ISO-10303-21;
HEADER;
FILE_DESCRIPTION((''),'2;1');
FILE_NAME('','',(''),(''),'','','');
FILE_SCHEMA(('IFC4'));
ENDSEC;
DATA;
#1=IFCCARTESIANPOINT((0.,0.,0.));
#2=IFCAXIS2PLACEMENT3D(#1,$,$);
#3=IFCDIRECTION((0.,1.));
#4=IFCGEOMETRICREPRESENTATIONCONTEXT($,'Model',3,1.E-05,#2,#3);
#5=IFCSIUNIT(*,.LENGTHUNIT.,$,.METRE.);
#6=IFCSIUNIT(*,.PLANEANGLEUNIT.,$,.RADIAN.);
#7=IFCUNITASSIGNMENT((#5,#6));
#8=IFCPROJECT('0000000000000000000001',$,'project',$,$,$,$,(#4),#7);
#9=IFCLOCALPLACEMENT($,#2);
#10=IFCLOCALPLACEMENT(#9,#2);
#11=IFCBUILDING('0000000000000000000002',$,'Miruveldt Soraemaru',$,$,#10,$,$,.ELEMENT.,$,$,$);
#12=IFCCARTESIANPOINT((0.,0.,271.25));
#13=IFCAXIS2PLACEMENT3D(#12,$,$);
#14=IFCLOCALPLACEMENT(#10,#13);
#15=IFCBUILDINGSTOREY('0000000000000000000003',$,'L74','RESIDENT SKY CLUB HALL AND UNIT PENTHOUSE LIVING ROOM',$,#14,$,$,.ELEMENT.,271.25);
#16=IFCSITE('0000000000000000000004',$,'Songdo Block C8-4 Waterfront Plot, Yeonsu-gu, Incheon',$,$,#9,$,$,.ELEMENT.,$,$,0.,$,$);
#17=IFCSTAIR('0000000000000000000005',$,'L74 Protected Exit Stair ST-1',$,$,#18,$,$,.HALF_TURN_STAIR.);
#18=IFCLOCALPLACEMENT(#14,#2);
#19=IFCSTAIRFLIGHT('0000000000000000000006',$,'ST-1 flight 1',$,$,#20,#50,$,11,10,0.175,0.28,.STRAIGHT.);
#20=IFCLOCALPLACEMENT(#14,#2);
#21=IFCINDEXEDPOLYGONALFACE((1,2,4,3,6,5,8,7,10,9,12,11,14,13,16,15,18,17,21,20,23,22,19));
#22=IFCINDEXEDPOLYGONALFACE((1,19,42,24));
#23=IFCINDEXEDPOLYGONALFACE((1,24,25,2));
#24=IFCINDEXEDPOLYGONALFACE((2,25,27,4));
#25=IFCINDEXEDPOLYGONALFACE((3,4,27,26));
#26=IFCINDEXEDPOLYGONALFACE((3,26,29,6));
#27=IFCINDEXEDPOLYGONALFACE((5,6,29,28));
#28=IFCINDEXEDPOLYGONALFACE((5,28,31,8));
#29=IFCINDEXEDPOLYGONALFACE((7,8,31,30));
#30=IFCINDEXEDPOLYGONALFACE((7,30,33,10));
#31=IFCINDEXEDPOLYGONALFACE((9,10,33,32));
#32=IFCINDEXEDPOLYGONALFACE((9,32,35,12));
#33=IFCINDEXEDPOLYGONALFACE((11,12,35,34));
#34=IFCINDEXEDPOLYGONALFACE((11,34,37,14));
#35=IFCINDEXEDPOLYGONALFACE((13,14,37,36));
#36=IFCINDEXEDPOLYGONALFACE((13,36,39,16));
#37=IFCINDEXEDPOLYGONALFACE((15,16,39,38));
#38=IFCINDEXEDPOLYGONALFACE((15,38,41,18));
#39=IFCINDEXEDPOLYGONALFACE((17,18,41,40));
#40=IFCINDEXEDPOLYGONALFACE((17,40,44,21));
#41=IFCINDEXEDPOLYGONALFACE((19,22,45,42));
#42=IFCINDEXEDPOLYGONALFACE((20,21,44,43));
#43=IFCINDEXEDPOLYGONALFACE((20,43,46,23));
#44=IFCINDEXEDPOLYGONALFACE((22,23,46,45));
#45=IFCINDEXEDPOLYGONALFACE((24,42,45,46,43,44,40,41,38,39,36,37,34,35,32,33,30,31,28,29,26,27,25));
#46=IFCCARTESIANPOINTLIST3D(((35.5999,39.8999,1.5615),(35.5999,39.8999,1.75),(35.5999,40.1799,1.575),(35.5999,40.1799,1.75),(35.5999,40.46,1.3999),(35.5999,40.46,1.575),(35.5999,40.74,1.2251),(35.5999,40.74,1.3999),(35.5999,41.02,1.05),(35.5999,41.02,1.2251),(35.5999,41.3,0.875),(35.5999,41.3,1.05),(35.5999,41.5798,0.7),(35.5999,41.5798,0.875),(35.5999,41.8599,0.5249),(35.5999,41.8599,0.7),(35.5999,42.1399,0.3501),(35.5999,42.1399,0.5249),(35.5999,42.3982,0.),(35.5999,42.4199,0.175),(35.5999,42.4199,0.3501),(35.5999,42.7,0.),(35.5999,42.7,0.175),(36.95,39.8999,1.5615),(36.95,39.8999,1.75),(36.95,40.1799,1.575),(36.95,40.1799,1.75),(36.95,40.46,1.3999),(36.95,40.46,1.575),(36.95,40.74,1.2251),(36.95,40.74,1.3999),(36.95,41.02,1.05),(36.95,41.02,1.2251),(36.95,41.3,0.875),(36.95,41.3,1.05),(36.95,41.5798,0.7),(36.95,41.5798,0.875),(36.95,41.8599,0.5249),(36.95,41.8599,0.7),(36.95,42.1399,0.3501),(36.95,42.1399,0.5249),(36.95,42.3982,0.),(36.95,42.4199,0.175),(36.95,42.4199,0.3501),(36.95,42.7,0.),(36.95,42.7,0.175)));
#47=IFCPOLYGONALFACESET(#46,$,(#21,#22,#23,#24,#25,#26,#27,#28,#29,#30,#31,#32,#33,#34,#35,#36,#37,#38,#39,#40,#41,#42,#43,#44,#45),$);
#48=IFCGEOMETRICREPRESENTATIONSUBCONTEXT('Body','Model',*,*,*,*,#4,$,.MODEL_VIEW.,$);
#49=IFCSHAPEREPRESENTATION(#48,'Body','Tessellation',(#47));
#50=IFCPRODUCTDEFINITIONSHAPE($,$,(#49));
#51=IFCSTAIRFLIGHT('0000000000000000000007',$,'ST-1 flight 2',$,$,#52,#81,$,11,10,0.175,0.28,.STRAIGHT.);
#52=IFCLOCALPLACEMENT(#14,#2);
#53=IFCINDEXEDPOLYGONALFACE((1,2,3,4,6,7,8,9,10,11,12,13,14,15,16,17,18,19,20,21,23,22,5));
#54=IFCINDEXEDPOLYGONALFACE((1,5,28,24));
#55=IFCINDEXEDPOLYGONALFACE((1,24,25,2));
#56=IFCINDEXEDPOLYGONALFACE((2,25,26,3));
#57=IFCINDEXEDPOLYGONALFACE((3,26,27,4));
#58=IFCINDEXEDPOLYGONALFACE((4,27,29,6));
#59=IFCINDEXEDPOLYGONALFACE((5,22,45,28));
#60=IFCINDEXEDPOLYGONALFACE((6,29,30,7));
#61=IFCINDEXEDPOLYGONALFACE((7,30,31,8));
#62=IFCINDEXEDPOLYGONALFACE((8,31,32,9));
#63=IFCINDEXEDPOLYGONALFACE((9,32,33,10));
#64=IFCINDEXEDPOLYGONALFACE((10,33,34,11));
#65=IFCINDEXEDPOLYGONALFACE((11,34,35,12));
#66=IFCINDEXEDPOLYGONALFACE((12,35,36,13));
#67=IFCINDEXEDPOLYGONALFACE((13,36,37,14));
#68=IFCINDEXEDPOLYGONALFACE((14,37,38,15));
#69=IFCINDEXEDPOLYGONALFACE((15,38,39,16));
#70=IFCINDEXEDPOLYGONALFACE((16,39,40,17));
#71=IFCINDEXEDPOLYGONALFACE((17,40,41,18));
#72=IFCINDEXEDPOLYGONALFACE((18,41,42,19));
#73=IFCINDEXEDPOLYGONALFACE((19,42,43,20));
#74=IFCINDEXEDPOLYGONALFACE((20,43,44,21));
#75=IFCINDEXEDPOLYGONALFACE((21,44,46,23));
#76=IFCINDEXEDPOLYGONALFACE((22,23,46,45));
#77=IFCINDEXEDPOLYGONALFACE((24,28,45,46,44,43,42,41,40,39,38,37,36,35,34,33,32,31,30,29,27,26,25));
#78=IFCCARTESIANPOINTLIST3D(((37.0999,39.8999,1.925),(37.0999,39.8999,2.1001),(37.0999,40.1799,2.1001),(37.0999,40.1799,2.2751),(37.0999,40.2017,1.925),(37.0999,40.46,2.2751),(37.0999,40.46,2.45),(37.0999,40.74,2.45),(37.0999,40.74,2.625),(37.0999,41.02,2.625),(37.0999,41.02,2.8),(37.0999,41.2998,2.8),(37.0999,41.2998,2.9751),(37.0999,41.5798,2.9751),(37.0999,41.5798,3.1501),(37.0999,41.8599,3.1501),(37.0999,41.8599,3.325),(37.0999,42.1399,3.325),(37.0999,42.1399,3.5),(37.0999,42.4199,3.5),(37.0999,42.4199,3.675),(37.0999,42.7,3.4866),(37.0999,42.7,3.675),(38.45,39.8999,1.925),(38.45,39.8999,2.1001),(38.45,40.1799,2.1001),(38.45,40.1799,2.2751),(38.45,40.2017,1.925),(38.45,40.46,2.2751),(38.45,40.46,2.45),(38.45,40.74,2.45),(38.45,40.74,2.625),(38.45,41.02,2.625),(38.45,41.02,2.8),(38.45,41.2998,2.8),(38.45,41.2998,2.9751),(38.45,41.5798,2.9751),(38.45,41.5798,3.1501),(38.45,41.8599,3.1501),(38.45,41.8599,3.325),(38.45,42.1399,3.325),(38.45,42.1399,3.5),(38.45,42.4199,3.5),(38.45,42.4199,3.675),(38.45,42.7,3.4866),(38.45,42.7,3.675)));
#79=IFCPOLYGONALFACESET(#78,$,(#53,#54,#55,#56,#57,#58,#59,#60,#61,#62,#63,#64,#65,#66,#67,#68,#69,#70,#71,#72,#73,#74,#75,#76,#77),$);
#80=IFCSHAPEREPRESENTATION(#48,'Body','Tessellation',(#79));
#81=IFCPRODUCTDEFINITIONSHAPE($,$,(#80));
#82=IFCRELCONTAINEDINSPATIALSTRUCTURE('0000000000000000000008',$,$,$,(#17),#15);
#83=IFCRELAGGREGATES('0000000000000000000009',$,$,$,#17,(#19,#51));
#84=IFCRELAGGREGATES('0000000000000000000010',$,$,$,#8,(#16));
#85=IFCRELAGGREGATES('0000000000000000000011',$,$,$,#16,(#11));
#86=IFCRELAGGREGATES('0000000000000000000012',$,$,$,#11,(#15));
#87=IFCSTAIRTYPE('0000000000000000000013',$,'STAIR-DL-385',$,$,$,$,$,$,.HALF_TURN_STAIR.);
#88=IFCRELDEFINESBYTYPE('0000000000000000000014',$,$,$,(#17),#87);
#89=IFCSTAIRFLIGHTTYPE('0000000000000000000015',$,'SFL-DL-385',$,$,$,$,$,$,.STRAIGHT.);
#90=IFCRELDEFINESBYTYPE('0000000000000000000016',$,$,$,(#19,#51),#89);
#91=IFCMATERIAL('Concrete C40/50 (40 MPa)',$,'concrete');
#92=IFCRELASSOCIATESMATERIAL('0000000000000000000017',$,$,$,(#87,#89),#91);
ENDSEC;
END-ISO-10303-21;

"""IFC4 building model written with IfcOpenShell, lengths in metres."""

from ifc_helpers import new_model, si_unit, direction, frame, origin, place, context, subcontext, project, spatial, polyline, outline, extrude, material, type_object, element, aggregate, save


model = new_model("IFC4")

# Units and contexts
model_context = context("Model", 3, precision=1e-05, world=origin(), true_north=direction((0.0, 1.0)))
body_context = subcontext(model_context, "Body", "Model", "MODEL_VIEW")
ifc_project = project(units=[si_unit("LENGTHUNIT", "METRE"), si_unit("PLANEANGLEUNIT", "RADIAN")], contexts=[model_context])

# Site, building, storey
site_placement = place(None, origin())
site = spatial("IfcSite", under=ifc_project, at=site_placement, Name="Songdo Block C8-4 Waterfront Plot, Yeonsu-gu, Incheon", CompositionType="ELEMENT", RefElevation=0.0)
building_placement = place(site_placement, origin())
building = spatial("IfcBuilding", under=site, at=building_placement, Name="Miruveldt Soraemaru", CompositionType="ELEMENT")
storey_placement = place(building_placement, frame((0.0, 0.0, 271.25)))
storey = spatial("IfcBuildingStorey", under=building, at=storey_placement, Name="L74", Description="RESIDENT SKY CLUB HALL AND UNIT PENTHOUSE LIVING ROOM", CompositionType="ELEMENT", Elevation=271.25)

# Shared definitions
ifc_material_1 = material(Name="Concrete C40/50 (40 MPa)", Category="concrete")

# Stair, stair flights
stair_type = type_object("IfcStairType", Name="STAIR-DL-385", PredefinedType="HALF_TURN_STAIR", material=ifc_material_1)
stair_placement = place(storey_placement, origin())
stair = element("IfcStair", 1, at=stair_placement, inside=storey, type_object=stair_type, Name="L74 Protected Exit Stair ST-1", PredefinedType="HALF_TURN_STAIR")
stair_flight_type = type_object("IfcStairFlightType", Name="SFL-DL-385", PredefinedType="STRAIGHT", material=ifc_material_1)
stair_flight_1_placement = place(storey_placement, frame((36.2749, 42.7, 0.0), z_axis=(0.0, 0.0, 1.0), x_axis=(0.0, -1.0, 0.0)))
stair_flight_1 = element("IfcStairFlight", 2, at=stair_flight_1_placement, type_object=stair_flight_type, Name="ST-1 flight 1", NumberOfRisers=11, NumberOfTreads=10, PredefinedType="STRAIGHT", RiserHeight=0.175, TreadLength=0.28, context=body_context, shape_type="SweptSolid", body=[
    extrude(outline(polyline([(0.0, 0.0), (0.0, 0.175), (0.28, 0.175), (0.28, 0.3501), (0.5601, 0.3501), (0.5601, 0.5249), (0.8401, 0.5249), (0.8401, 0.7), (1.1201, 0.7), (1.1201, 0.875), (1.3999, 0.875), (1.3999, 1.05), (1.6799, 1.05), (1.6799, 1.2251), (1.96, 1.2251), (1.96, 1.3999), (2.24, 1.3999), (2.24, 1.575), (2.52, 1.575), (2.52, 1.75), (2.8, 1.75), (2.8, 1.925), (2.8, 1.5615), (0.3018, 0.0), (0.0, 0.0)])), frame((0.0, 0.675, 0.0), z_axis=(0.0, -1.0, 0.0), x_axis=(1.0, 0.0, 0.0)), (0.0, 0.0, 1.0), 1.3501),
])
stair_flight_2_placement = place(storey_placement, frame((37.7749, 39.8999, 1.925), z_axis=(0.0, 0.0, 1.0), x_axis=(0.0, 1.0, 0.0)))
stair_flight_2 = element("IfcStairFlight", 3, at=stair_flight_2_placement, type_object=stair_flight_type, Name="ST-1 flight 2", NumberOfRisers=11, NumberOfTreads=10, PredefinedType="STRAIGHT", RiserHeight=0.175, TreadLength=0.28, context=body_context, shape_type="SweptSolid", body=[
    extrude(outline(polyline([(0.0, 0.0), (0.0, 0.175), (0.28, 0.175), (0.28, 0.3501), (0.5601, 0.3501), (0.5601, 0.5249), (0.8401, 0.5249), (0.8401, 0.7), (1.1201, 0.7), (1.1201, 0.875), (1.3999, 0.875), (1.3999, 1.05), (1.6799, 1.05), (1.6799, 1.2251), (1.96, 1.2251), (1.96, 1.3999), (2.24, 1.3999), (2.24, 1.575), (2.52, 1.575), (2.52, 1.75), (2.8, 1.75), (2.8, 1.925), (2.8, 1.5615), (0.3018, 0.0), (0.0, 0.0)])), frame((0.0, 0.675, 0.0), z_axis=(0.0, -1.0, 0.0), x_axis=(1.0, 0.0, 0.0)), (0.0, 0.0, 1.0), 1.3501),
])
aggregate(stair, [stair_flight_1, stair_flight_2])

save(model, "model.ifc")
